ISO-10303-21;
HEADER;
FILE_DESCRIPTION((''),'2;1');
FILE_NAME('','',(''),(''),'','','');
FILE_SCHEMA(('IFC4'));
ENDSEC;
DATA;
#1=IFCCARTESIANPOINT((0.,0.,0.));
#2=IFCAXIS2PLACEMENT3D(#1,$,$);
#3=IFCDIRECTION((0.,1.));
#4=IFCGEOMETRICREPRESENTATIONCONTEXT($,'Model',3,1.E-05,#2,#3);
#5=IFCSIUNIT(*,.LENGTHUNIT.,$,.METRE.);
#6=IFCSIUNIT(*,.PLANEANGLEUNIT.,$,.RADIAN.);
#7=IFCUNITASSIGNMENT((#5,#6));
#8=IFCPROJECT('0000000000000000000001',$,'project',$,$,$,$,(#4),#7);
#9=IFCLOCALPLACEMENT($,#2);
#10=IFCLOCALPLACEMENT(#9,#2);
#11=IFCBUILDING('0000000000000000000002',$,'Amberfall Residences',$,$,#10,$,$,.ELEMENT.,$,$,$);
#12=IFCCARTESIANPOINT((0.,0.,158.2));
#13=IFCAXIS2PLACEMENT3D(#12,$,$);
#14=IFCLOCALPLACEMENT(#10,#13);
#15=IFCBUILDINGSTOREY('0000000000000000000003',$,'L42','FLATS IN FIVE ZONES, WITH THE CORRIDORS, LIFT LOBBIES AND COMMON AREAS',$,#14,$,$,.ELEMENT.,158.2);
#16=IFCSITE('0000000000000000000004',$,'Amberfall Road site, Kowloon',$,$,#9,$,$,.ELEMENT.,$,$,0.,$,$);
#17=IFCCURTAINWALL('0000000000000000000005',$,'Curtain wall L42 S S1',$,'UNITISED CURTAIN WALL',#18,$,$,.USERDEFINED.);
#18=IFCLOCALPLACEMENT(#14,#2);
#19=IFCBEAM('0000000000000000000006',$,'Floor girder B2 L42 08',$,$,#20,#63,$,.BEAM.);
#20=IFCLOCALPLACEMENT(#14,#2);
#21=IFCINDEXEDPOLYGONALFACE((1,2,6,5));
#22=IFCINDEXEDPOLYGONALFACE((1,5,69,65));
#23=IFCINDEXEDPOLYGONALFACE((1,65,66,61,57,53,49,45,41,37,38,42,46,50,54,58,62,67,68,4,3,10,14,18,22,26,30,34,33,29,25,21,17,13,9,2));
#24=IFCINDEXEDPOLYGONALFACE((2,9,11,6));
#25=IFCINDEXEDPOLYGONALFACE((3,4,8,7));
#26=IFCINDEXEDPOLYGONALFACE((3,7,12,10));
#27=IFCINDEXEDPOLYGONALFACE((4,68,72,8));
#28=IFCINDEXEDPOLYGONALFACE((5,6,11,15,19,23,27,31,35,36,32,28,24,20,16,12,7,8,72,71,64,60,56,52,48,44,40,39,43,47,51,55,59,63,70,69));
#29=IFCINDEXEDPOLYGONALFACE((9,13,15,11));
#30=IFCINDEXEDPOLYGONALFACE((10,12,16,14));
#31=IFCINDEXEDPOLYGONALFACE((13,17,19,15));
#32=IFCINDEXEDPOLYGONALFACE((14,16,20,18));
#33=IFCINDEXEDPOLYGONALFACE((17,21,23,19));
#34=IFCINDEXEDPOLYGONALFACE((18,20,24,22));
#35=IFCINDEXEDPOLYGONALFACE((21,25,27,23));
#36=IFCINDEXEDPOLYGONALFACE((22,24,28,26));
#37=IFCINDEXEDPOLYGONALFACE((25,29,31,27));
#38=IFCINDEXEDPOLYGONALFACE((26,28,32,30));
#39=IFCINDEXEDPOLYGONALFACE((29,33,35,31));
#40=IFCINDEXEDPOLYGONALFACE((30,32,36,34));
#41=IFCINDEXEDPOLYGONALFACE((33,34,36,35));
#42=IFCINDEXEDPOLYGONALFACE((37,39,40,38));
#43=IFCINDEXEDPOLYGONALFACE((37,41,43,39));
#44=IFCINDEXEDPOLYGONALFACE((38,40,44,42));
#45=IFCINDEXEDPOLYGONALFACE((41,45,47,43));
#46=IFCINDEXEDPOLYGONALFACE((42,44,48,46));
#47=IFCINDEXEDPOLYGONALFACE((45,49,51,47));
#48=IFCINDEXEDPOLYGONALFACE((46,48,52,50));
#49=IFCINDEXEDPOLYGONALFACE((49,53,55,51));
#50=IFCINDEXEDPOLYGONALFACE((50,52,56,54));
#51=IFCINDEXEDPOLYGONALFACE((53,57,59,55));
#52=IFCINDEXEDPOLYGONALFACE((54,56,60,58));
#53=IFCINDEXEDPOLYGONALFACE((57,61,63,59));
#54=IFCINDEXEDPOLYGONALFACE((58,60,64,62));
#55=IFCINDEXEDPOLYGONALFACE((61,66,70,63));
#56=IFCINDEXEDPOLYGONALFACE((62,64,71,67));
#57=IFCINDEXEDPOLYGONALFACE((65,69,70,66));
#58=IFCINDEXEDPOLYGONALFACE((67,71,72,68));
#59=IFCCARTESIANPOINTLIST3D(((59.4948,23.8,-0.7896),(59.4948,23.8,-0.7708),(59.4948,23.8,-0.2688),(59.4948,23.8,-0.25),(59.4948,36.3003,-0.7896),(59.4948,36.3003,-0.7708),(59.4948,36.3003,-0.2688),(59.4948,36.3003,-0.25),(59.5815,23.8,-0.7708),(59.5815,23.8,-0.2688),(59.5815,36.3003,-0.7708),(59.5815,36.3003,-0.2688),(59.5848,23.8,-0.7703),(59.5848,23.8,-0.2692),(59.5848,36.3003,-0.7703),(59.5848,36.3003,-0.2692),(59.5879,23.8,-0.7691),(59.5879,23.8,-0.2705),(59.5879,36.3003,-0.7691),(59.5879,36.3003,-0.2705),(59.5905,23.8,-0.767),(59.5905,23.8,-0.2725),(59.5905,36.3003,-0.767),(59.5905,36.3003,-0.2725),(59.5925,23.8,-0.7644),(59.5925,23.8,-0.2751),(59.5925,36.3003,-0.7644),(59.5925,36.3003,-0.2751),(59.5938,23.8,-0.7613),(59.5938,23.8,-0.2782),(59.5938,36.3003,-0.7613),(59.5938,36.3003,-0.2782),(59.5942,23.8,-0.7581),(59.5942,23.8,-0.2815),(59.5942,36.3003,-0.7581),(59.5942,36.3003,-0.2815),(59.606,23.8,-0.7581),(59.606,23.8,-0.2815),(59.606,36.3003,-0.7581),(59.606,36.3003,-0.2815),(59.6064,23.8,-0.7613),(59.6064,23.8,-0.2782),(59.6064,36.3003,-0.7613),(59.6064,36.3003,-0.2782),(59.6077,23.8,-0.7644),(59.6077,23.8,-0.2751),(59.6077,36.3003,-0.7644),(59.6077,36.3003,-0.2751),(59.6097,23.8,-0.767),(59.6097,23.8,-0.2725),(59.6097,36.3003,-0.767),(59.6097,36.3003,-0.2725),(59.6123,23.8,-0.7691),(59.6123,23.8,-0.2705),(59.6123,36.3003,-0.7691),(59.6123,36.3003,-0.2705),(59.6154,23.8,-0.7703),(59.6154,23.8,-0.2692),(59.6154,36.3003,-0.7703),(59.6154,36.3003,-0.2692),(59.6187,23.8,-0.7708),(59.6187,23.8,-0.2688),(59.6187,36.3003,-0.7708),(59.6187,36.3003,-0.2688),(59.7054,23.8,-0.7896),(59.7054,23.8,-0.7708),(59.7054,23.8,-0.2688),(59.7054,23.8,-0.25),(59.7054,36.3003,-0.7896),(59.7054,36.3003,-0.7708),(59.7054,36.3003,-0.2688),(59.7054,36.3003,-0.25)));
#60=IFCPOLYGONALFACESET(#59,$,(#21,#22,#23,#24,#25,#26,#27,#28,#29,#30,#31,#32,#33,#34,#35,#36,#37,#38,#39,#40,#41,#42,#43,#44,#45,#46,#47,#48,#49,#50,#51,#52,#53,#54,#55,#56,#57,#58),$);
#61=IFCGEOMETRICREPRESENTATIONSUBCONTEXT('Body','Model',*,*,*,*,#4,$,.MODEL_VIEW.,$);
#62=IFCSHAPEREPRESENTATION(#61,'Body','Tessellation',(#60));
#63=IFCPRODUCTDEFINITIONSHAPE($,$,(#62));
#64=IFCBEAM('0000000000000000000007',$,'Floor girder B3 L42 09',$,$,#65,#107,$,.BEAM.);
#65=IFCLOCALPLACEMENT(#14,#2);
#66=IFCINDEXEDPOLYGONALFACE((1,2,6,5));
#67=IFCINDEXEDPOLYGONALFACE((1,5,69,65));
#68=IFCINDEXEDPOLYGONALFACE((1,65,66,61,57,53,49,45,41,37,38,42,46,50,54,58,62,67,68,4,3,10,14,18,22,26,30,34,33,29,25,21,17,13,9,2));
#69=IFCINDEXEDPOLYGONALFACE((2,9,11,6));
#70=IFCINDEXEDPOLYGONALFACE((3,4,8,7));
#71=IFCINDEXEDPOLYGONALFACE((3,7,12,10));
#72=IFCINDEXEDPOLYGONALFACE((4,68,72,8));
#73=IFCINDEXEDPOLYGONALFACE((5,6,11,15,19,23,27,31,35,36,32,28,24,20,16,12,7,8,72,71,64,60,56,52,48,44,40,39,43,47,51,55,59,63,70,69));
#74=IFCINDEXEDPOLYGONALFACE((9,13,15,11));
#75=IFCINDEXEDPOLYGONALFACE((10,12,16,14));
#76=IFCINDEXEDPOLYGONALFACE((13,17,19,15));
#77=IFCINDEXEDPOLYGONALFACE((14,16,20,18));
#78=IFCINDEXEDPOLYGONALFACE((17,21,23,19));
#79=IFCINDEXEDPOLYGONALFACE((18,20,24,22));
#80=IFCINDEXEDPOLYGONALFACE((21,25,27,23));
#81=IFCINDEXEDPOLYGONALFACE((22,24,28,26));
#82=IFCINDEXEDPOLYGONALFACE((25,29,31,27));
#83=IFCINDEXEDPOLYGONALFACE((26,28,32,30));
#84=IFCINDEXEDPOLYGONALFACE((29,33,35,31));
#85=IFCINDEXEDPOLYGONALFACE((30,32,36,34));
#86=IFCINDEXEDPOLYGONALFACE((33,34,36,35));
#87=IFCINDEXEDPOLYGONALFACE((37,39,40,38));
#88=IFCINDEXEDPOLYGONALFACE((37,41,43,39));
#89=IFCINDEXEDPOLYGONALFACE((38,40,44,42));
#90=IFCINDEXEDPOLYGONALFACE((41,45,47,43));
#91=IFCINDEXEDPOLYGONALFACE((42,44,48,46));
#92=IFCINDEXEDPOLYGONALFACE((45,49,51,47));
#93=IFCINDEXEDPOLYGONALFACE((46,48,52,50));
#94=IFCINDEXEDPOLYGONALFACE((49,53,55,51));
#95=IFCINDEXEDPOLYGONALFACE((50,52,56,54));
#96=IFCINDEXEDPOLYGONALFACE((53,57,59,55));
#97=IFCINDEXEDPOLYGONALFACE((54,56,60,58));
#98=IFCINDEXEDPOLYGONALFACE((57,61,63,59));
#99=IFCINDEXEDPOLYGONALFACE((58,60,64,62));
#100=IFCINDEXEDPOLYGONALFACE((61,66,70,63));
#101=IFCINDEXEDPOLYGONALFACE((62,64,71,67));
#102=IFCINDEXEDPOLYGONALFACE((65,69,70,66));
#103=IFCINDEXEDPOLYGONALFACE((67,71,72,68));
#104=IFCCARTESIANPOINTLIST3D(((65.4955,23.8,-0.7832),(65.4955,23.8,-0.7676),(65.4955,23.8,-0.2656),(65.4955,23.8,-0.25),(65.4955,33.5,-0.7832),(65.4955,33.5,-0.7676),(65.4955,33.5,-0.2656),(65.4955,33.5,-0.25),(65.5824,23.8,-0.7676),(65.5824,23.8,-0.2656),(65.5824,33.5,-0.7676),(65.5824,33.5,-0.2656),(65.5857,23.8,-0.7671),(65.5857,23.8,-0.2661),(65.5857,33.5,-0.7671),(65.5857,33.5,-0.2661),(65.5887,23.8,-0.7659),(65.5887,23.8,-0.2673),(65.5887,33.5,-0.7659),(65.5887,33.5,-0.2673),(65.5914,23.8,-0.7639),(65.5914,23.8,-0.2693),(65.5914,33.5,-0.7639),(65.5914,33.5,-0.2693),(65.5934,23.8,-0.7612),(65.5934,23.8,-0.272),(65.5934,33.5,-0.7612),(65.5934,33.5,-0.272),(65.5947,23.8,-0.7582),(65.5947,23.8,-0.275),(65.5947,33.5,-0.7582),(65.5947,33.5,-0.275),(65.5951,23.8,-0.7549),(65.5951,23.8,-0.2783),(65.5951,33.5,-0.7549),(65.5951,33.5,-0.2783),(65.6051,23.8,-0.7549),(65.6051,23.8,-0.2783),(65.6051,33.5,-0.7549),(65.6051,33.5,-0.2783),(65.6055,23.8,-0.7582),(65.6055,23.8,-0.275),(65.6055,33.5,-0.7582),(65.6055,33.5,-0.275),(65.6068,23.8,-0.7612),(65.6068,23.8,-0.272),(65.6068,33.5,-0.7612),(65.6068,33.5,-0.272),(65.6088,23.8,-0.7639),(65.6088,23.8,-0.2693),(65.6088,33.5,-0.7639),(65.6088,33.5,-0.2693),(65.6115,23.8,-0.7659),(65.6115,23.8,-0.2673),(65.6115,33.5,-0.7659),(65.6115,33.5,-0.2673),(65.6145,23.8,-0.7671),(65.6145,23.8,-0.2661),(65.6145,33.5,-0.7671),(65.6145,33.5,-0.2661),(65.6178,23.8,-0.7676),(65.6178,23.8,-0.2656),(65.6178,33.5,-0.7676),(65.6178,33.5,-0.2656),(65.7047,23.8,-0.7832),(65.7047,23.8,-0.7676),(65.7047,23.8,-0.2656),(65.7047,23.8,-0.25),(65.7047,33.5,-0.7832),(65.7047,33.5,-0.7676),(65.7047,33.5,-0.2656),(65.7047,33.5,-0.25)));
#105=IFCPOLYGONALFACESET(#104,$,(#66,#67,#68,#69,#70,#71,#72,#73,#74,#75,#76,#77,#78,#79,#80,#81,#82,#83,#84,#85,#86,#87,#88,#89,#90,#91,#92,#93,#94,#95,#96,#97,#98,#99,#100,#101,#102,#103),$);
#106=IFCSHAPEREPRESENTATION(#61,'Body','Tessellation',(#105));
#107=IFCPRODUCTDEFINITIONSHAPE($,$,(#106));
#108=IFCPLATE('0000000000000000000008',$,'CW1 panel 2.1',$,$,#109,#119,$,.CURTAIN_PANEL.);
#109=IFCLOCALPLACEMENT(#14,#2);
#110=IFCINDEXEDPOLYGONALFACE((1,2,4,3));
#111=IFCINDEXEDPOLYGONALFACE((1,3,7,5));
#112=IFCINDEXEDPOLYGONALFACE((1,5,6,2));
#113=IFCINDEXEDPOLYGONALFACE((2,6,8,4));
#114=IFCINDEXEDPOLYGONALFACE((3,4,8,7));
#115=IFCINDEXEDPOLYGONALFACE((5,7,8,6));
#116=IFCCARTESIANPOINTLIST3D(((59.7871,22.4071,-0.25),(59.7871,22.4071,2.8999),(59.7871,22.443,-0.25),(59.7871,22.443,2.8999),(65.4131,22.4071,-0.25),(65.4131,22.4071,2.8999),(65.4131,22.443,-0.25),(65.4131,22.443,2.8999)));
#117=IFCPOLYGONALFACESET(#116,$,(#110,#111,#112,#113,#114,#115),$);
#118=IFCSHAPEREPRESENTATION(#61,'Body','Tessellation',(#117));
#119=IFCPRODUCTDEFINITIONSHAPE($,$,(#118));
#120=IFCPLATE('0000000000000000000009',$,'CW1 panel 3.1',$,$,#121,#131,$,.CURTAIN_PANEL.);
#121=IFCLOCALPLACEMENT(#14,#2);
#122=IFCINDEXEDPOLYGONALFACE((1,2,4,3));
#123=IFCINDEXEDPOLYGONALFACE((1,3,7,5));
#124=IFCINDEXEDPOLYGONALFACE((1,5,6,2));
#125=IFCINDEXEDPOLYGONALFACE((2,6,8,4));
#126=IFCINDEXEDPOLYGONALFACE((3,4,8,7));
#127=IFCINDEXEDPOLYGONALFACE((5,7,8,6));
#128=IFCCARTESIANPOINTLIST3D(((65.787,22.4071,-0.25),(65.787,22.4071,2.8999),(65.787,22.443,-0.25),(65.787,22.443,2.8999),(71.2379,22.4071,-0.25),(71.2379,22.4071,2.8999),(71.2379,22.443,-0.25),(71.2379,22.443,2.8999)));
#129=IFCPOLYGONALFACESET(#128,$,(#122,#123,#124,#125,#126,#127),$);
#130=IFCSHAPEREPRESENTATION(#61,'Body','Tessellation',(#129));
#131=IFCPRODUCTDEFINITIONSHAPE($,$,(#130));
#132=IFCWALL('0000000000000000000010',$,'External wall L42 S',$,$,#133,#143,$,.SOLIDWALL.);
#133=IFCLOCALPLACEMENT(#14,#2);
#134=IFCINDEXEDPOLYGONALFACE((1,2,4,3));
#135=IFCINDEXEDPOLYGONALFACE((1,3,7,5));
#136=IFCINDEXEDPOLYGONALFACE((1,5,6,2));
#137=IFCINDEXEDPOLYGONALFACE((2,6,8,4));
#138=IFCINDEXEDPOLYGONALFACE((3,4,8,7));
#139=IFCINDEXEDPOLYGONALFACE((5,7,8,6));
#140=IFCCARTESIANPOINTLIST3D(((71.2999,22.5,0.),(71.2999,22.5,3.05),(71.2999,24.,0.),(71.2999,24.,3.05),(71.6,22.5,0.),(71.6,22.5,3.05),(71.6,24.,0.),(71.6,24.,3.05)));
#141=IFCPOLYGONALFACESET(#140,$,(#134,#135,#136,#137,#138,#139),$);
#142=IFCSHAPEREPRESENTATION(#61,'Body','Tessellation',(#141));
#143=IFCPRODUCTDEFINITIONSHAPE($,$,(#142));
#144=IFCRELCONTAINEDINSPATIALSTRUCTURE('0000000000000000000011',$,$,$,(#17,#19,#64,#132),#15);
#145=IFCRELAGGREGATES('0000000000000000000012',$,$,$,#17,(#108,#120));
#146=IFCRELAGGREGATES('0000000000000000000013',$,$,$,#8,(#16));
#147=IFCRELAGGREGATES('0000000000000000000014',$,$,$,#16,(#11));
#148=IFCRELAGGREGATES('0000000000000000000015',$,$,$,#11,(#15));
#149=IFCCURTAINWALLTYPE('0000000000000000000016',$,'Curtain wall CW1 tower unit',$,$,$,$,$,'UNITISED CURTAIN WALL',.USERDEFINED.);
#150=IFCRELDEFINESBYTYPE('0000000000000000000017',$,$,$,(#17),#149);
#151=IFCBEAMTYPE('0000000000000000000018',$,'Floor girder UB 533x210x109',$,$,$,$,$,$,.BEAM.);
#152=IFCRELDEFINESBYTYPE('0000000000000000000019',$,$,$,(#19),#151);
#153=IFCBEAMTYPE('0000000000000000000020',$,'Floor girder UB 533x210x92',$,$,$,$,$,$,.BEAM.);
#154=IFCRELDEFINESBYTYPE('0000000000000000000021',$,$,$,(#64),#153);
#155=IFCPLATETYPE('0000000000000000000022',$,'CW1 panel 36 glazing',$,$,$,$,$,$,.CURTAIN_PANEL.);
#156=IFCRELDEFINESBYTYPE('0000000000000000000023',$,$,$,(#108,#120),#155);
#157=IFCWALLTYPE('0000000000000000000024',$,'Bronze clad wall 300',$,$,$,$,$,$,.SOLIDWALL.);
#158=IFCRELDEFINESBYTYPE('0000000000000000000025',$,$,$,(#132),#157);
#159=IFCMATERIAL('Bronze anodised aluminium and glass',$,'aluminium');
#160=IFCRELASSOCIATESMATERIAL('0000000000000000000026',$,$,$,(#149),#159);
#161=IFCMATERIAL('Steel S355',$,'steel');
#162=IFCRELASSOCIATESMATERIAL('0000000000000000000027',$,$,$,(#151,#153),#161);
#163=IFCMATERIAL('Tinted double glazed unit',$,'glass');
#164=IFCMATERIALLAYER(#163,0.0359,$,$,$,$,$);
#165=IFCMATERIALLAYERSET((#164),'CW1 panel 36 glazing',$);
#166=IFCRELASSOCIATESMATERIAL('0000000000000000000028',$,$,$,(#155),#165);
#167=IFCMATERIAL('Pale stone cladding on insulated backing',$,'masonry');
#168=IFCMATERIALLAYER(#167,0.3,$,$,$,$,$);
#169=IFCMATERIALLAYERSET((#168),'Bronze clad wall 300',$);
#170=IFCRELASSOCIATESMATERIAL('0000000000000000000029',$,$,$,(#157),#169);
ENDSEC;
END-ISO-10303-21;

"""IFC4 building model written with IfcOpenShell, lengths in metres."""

from ifc_helpers import new_model, si_unit, direction, frame, frame_2d, origin, origin_2d, place, context, subcontext, project, spatial, rectangle, i_section, extrude, material, layer, layer_set, material_profile, profile_set, type_object, element, aggregate, save


model = new_model("IFC4")

# Units and contexts
model_context = context("Model", 3, precision=1e-05, world=origin(), true_north=direction((0.0, 1.0)))
body_context = subcontext(model_context, "Body", "Model", "MODEL_VIEW")
ifc_project = project(units=[si_unit("LENGTHUNIT", "METRE"), si_unit("PLANEANGLEUNIT", "RADIAN")], contexts=[model_context])

# Site, building, storey
site_placement = place(None, origin())
site = spatial("IfcSite", under=ifc_project, at=site_placement, Name="Amberfall Road site, Kowloon", CompositionType="ELEMENT", RefElevation=0.0)
building_placement = place(site_placement, origin())
building = spatial("IfcBuilding", under=site, at=building_placement, Name="Amberfall Residences", CompositionType="ELEMENT")
storey_placement = place(building_placement, frame((0.0, 0.0, 158.2)))
storey = spatial("IfcBuildingStorey", under=building, at=storey_placement, Name="L42", Description="FLATS IN FIVE ZONES, WITH THE CORRIDORS, LIFT LOBBIES AND COMMON AREAS", CompositionType="ELEMENT", Elevation=158.2)

# Curtain wall
ifc_material_1 = material(Name="Bronze anodised aluminium and glass", Category="aluminium")
curtain_wall_type = type_object("IfcCurtainWallType", Name="Curtain wall CW1 tower unit", ElementType="UNITISED CURTAIN WALL", PredefinedType="USERDEFINED", material=ifc_material_1)
curtain_wall_placement = place(storey_placement, origin())
curtain_wall = element("IfcCurtainWall", 1, at=curtain_wall_placement, inside=storey, type_object=curtain_wall_type, Name="Curtain wall L42 S S1", ObjectType="UNITISED CURTAIN WALL", PredefinedType="USERDEFINED")

# Shared definitions
ifc_material_2 = material(Name="Steel S355", Category="steel")

# Beams
ifc_material_profile_1 = material_profile(ifc_material_2, i_section(OverallWidth=0.2107, OverallDepth=0.5396, WebThickness=0.0117, FlangeThickness=0.0188, FilletRadius=0.0127, at=origin_2d()), Name="UB 533x210x109")
ifc_profile_set_1 = profile_set([ifc_material_profile_1], Name="Steel S355")
beam_type_1 = type_object("IfcBeamType", Name="Floor girder UB 533x210x109", PredefinedType="BEAM", material=ifc_profile_set_1)
beam_1_placement = place(storey_placement, frame((59.6001, 23.8, -0.5198), z_axis=(0.0, 1.0, 0.0), x_axis=(-1.0, 0.0, 0.0)))
element("IfcBeam", 2, at=beam_1_placement, inside=storey, type_object=beam_type_1, Name="Floor girder B2 L42 08", PredefinedType="BEAM", context=body_context, shape_type="SweptSolid", body=[
    extrude(i_section(OverallWidth=0.2107, OverallDepth=0.5396, WebThickness=0.0117, FlangeThickness=0.0188, FilletRadius=0.0127, at=origin_2d()), origin(), (0.0, 0.0, 1.0), 12.5002),
])
ifc_material_profile_2 = material_profile(ifc_material_2, i_section(OverallWidth=0.2092, OverallDepth=0.5332, WebThickness=0.01, FlangeThickness=0.0156, FilletRadius=0.0127, at=origin_2d()), Name="UB 533x210x92")
ifc_profile_set_2 = profile_set([ifc_material_profile_2], Name="Steel S355")
beam_type_2 = type_object("IfcBeamType", Name="Floor girder UB 533x210x92", PredefinedType="BEAM", material=ifc_profile_set_2)
beam_2_placement = place(storey_placement, frame((65.6001, 23.8, -0.5166), z_axis=(0.0, 1.0, 0.0), x_axis=(-1.0, 0.0, 0.0)))
element("IfcBeam", 3, at=beam_2_placement, inside=storey, type_object=beam_type_2, Name="Floor girder B3 L42 09", PredefinedType="BEAM", context=body_context, shape_type="SweptSolid", body=[
    extrude(i_section(OverallWidth=0.2092, OverallDepth=0.5332, WebThickness=0.01, FlangeThickness=0.0156, FilletRadius=0.0127, at=origin_2d()), origin(), (0.0, 0.0, 1.0), 9.7),
])

# Plates
ifc_material_3 = material(Name="Tinted double glazed unit", Category="glass")
ifc_layer_1 = layer(ifc_material_3, 0.0359)
ifc_layer_set_1 = layer_set([ifc_layer_1], Name="CW1 panel 36 glazing")
plate_type = type_object("IfcPlateType", Name="CW1 panel 36 glazing", PredefinedType="CURTAIN_PANEL", material=ifc_layer_set_1)
plate_1_placement = place(storey_placement, frame((62.6001, 22.425, -0.25), z_axis=(0.0, 0.0, 1.0), x_axis=(1.0, 0.0, 0.0)))
plate_1 = element("IfcPlate", 4, at=plate_1_placement, type_object=plate_type, Name="CW1 panel 2.1", PredefinedType="CURTAIN_PANEL", context=body_context, shape_type="SweptSolid", body=[
    extrude(rectangle(XDim=5.626, YDim=0.0359, at=origin_2d()), origin(), (0.0, 0.0, 1.0), 3.1499),
])
plate_2_placement = place(storey_placement, frame((68.5125, 22.425, -0.25), z_axis=(0.0, 0.0, 1.0), x_axis=(1.0, 0.0, 0.0)))
plate_2 = element("IfcPlate", 5, at=plate_2_placement, type_object=plate_type, Name="CW1 panel 3.1", PredefinedType="CURTAIN_PANEL", context=body_context, shape_type="SweptSolid", body=[
    extrude(rectangle(XDim=5.4509, YDim=0.0359, at=origin_2d()), origin(), (0.0, 0.0, 1.0), 3.1499),
])
aggregate(curtain_wall, [plate_1, plate_2])

# Wall
ifc_material_4 = material(Name="Pale stone cladding on insulated backing", Category="masonry")
ifc_layer_2 = layer(ifc_material_4, 0.3)
ifc_layer_set_2 = layer_set([ifc_layer_2], Name="Bronze clad wall 300")
wall_type_1 = type_object("IfcWallType", Name="Bronze clad wall 300", PredefinedType="SOLIDWALL", material=ifc_layer_set_2)
wall_1_placement = place(storey_placement, frame((71.45, 22.5, 0.0), z_axis=(0.0, 0.0, 1.0), x_axis=(0.0, 1.0, 0.0)))
element("IfcWall", 6, at=wall_1_placement, inside=storey, type_object=wall_type_1, Name="External wall L42 S", PredefinedType="SOLIDWALL", context=body_context, shape_type="SweptSolid", body=[
    extrude(rectangle(XDim=1.5, YDim=0.3, at=frame_2d((0.75, 0.0))), origin(), (0.0, 0.0, 1.0), 3.05),
])

save(model, "model.ifc")
